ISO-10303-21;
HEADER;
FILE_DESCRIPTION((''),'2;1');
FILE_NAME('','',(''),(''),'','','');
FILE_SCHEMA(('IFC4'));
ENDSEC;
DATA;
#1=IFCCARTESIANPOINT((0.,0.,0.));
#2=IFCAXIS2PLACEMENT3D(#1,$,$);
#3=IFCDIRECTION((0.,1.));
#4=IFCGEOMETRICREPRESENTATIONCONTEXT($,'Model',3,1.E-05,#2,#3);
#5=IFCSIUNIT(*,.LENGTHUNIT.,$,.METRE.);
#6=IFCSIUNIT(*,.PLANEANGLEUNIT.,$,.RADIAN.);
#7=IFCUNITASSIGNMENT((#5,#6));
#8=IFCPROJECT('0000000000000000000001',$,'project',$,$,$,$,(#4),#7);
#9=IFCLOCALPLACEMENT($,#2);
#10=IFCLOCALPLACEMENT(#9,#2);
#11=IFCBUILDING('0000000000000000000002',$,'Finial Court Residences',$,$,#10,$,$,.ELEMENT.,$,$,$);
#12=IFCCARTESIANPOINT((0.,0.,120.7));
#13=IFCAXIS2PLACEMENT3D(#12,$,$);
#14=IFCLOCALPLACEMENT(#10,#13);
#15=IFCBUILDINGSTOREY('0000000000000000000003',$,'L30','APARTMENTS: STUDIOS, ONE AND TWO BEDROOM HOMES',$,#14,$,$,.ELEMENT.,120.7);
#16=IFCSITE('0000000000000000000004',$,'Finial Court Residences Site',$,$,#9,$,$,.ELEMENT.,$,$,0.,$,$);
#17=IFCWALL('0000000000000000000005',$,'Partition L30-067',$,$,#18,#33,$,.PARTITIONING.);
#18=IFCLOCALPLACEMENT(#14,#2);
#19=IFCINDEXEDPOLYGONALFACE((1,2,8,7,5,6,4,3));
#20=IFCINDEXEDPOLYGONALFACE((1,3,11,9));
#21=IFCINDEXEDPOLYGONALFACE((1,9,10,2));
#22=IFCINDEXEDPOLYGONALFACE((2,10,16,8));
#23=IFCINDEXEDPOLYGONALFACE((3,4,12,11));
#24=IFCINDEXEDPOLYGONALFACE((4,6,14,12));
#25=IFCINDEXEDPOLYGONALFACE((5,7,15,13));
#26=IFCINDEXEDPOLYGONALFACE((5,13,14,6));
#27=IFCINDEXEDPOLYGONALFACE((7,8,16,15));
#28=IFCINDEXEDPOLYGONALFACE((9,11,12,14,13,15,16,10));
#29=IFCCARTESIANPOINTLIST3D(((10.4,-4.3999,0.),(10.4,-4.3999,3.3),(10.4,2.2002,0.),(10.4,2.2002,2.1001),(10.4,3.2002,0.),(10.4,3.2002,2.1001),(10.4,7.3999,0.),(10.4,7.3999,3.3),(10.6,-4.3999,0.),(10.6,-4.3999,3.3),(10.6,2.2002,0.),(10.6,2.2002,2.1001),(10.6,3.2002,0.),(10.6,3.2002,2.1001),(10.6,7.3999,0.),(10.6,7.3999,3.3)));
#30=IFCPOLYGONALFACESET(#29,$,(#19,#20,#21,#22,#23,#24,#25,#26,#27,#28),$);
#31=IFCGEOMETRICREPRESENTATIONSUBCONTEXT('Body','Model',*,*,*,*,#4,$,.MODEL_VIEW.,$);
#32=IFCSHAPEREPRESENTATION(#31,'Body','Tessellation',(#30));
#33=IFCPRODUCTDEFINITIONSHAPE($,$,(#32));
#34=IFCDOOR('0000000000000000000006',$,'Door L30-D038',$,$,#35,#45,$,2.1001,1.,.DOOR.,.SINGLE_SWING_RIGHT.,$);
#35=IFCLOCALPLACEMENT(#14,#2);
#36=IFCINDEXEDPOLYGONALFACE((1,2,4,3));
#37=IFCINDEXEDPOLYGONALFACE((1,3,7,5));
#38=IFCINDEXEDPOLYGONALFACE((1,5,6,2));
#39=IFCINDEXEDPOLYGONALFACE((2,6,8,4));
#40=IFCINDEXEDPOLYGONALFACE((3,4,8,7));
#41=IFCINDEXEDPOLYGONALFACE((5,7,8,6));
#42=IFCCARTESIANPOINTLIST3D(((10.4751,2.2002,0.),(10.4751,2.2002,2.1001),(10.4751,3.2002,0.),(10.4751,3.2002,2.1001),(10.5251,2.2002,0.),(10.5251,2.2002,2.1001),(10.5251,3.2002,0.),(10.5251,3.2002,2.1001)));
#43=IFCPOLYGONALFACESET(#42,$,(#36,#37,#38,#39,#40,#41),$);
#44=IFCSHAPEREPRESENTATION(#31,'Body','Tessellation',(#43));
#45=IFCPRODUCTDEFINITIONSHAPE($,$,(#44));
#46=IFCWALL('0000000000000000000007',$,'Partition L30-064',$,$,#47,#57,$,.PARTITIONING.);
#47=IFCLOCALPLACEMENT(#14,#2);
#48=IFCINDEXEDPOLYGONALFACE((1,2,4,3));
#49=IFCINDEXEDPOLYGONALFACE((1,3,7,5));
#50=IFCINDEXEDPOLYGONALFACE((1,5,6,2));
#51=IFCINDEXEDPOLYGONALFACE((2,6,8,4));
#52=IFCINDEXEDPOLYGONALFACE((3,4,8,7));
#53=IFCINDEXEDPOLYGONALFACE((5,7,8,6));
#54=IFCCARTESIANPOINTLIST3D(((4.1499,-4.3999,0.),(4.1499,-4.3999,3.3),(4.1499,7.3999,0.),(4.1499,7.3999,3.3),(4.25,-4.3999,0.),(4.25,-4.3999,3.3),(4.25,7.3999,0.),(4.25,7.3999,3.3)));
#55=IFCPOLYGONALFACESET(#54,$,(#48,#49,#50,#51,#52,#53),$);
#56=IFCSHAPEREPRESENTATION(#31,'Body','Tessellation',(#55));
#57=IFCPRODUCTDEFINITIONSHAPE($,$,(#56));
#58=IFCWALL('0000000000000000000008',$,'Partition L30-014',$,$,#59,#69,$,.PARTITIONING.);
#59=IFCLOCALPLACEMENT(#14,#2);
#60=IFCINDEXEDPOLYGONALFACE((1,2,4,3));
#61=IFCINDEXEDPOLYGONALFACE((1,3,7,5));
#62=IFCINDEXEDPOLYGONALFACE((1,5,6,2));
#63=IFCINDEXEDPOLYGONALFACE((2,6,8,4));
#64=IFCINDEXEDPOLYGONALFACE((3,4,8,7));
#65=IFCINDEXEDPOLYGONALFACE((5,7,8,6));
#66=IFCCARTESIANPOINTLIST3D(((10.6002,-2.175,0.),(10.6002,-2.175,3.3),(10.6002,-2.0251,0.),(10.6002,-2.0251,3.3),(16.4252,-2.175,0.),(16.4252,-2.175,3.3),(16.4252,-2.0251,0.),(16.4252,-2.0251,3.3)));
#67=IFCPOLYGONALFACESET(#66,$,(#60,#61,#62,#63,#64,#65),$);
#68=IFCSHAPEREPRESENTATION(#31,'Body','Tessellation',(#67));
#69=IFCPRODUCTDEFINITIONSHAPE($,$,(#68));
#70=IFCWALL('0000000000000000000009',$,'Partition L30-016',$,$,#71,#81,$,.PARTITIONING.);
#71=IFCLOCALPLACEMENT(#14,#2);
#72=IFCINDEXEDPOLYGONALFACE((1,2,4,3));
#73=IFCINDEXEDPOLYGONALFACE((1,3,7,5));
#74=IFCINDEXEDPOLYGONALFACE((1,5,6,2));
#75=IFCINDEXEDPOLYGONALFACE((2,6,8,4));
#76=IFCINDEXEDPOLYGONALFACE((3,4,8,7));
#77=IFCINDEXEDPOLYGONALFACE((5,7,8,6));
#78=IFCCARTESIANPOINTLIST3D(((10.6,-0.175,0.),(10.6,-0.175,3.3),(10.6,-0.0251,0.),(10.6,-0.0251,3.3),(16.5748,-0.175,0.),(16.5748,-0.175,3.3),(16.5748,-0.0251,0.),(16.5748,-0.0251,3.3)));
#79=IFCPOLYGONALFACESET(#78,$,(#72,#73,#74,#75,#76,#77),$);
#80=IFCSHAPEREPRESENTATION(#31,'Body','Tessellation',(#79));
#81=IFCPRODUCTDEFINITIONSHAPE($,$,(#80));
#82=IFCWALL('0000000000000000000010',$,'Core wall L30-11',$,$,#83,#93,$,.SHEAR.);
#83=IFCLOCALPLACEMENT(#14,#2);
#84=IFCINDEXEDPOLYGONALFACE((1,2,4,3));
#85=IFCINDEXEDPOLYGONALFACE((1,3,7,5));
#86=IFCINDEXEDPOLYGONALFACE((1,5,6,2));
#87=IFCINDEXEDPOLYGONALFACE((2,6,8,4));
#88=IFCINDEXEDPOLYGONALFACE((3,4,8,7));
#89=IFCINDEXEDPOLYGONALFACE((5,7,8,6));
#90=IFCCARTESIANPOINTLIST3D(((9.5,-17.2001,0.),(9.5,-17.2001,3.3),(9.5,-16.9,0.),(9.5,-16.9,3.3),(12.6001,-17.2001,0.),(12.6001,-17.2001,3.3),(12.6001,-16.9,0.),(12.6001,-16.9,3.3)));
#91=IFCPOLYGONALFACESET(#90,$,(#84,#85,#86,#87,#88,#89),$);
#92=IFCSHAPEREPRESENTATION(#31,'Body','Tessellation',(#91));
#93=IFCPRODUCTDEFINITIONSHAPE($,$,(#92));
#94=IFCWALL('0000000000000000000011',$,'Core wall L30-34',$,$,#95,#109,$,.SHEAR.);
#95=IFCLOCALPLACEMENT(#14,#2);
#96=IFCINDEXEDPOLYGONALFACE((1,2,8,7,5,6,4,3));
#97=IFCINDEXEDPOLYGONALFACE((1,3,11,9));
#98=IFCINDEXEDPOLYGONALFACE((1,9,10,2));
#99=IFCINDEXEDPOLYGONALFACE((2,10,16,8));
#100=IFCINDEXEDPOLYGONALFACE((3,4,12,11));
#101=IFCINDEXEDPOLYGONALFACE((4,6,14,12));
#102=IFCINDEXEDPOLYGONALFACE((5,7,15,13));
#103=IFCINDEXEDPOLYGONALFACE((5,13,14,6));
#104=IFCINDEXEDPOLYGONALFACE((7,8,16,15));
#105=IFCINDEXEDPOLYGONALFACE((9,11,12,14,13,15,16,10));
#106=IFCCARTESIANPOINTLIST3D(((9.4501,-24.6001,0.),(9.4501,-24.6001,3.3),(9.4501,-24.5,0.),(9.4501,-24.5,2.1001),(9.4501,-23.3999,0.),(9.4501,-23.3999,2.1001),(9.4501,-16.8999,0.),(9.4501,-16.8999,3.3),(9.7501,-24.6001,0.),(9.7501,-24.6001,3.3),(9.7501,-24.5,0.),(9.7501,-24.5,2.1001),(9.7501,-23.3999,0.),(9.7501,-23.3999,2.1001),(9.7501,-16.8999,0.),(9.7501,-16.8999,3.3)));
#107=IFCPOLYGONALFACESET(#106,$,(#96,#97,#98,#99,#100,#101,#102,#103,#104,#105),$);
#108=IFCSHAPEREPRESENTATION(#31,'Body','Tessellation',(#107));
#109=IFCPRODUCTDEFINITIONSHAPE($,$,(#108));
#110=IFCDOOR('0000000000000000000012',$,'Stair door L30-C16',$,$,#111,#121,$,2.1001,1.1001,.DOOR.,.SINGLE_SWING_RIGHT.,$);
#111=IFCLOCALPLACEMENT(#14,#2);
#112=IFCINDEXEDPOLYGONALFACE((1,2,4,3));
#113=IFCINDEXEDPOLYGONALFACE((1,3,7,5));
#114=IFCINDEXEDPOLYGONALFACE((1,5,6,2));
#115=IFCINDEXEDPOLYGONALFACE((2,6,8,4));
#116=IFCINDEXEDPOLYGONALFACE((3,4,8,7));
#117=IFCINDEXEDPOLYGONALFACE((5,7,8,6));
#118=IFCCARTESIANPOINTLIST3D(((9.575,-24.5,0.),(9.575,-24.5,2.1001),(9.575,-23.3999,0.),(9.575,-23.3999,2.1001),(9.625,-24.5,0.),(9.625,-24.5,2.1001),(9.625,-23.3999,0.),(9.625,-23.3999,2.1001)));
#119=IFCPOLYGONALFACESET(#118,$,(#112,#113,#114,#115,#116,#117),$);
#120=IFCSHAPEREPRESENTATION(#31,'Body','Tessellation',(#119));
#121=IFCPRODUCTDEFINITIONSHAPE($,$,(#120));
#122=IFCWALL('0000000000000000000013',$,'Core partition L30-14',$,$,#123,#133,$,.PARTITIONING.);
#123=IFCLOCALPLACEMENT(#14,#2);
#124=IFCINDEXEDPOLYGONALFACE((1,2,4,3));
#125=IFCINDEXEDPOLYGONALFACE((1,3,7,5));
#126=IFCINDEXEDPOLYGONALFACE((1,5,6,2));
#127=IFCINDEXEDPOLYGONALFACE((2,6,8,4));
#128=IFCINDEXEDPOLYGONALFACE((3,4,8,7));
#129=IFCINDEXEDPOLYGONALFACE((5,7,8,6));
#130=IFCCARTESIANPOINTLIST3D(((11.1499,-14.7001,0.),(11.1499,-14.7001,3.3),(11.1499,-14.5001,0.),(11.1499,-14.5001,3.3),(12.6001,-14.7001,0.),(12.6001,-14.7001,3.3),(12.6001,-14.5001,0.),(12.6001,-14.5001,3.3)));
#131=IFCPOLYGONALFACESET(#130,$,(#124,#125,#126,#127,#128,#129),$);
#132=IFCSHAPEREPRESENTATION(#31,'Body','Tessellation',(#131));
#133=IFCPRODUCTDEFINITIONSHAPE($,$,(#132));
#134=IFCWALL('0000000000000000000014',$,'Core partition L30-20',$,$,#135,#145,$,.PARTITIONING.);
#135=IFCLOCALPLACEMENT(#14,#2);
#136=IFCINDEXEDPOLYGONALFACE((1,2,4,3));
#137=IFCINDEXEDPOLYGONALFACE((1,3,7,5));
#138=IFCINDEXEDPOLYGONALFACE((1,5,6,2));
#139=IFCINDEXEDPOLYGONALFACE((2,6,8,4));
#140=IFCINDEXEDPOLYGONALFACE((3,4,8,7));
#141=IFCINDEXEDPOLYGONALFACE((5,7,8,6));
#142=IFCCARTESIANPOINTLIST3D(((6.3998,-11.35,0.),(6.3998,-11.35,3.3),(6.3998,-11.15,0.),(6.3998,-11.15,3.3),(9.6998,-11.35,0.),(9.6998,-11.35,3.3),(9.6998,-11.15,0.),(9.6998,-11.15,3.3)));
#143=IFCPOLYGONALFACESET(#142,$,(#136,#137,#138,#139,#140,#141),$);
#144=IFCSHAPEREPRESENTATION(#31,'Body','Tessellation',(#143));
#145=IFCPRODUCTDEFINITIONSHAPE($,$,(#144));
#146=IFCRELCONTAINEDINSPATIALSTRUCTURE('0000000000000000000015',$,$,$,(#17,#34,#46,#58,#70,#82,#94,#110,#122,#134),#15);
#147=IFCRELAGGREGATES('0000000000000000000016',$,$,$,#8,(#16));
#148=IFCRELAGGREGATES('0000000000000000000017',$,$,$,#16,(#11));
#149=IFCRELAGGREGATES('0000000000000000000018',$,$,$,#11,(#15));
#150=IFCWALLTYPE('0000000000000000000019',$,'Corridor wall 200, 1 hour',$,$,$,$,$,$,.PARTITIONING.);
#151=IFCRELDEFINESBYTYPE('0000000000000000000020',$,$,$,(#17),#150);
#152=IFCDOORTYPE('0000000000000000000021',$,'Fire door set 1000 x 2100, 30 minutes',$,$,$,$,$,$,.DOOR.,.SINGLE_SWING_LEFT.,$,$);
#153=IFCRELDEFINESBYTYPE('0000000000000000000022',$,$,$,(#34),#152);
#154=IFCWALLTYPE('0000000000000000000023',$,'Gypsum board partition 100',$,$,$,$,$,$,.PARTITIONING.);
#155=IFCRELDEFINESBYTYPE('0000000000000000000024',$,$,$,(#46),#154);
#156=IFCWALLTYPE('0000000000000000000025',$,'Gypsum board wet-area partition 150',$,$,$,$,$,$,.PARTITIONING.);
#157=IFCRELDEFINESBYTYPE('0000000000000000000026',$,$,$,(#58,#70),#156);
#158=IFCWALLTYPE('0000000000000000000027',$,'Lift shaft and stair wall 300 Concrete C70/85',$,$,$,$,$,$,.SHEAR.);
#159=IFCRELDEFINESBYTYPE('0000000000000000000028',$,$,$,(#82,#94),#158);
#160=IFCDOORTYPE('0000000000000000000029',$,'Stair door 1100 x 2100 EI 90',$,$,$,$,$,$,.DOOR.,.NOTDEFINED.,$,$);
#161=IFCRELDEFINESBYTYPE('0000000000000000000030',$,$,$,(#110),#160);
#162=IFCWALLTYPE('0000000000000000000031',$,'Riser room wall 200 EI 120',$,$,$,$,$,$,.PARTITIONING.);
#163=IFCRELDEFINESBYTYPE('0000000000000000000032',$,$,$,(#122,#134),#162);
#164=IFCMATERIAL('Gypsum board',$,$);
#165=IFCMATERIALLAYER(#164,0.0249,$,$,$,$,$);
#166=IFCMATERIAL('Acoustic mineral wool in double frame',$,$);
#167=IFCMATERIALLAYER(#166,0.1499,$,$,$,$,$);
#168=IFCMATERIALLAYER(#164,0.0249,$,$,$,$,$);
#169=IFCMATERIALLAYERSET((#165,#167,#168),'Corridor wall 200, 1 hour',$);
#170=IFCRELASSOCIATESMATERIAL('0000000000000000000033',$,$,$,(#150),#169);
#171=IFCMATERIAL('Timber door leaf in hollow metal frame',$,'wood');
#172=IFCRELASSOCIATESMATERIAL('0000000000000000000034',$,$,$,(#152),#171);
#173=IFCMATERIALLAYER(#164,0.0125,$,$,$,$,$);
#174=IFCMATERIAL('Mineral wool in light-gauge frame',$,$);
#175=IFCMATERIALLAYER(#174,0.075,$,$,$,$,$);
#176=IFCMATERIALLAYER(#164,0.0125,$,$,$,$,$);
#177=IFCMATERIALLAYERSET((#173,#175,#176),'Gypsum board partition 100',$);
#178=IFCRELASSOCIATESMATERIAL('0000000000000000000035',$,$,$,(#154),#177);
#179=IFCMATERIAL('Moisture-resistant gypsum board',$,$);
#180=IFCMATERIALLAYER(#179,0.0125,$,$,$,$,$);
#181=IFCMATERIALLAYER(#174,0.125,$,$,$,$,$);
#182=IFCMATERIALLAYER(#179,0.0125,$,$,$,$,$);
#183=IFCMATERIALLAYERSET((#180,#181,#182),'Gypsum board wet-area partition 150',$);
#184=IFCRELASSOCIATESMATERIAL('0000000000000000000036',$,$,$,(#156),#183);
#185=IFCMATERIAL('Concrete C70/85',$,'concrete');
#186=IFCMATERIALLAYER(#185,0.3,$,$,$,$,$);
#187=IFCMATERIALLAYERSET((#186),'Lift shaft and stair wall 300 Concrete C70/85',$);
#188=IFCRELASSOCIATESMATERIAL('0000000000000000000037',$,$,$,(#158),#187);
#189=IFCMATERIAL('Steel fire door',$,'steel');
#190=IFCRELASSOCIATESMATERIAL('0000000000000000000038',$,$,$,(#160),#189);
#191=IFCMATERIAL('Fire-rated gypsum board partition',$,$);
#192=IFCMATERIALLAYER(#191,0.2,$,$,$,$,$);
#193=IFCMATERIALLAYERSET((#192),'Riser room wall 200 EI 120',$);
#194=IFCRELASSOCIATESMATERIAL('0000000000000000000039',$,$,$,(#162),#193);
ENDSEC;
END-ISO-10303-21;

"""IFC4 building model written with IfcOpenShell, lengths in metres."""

from ifc_helpers import new_model, si_unit, direction, frame, frame_2d, origin, place, context, subcontext, project, spatial, rectangle, extrude, material, layer, layer_set, type_object, element, fill, save


model = new_model("IFC4")

# Units and contexts
model_context = context("Model", 3, precision=1e-05, world=origin(), true_north=direction((0.0, 1.0)))
body_context = subcontext(model_context, "Body", "Model", "MODEL_VIEW")
ifc_project = project(units=[si_unit("LENGTHUNIT", "METRE"), si_unit("PLANEANGLEUNIT", "RADIAN")], contexts=[model_context])

# Site, building, storey
site_placement = place(None, origin())
site = spatial("IfcSite", under=ifc_project, at=site_placement, Name="Finial Court Residences Site", CompositionType="ELEMENT", RefElevation=0.0)
building_placement = place(site_placement, origin())
building = spatial("IfcBuilding", under=site, at=building_placement, Name="Finial Court Residences", CompositionType="ELEMENT")
storey_placement = place(building_placement, frame((0.0, 0.0, 120.7)))
storey = spatial("IfcBuildingStorey", under=building, at=storey_placement, Name="L30", Description="APARTMENTS: STUDIOS, ONE AND TWO BEDROOM HOMES", CompositionType="ELEMENT", Elevation=120.7)

# Shared definitions
ifc_material_1 = material(Name="Concrete C70/85", Category="concrete")

# Shared definitions
ifc_material_2 = material(Name="Fire-rated gypsum board partition")

# Shared definitions
ifc_material_3 = material(Name="Steel fire door", Category="steel")
ifc_material_4 = material(Name="Gypsum board")
ifc_layer_1 = layer(ifc_material_4, 0.0249)
ifc_material_5 = material(Name="Acoustic mineral wool in double frame")
ifc_layer_2 = layer(ifc_material_5, 0.1499)
ifc_layer_3 = layer(ifc_material_4, 0.0249)
ifc_layer_set_1 = layer_set([ifc_layer_1, ifc_layer_2, ifc_layer_3], Name="Corridor wall 200, 1 hour")
wall_type_1 = type_object("IfcWallType", Name="Corridor wall 200, 1 hour", PredefinedType="PARTITIONING", material=ifc_layer_set_1)
ifc_material_6 = material(Name="Timber door leaf in hollow metal frame", Category="wood")
door_type_1 = type_object("IfcDoorType", Name="Fire door set 1000 x 2100, 30 minutes", OperationType="SINGLE_SWING_LEFT", PredefinedType="DOOR", material=ifc_material_6)

# Wall, opening, door
wall_1_placement = place(storey_placement, frame((10.5, -4.3999, 0.0), z_axis=(0.0, 0.0, 1.0), x_axis=(0.0, 1.0, 0.0)))
wall_1 = element("IfcWall", 1, at=wall_1_placement, inside=storey, type_object=wall_type_1, Name="Partition L30-067", PredefinedType="PARTITIONING", context=body_context, shape_type="SweptSolid", body=[
    extrude(rectangle(XDim=11.7998, YDim=0.2, at=frame_2d((5.8999, 0.0))), origin(), (0.0, 0.0, 1.0), 3.3),
])
opening_1_placement = place(wall_1_placement, frame((6.6001, 0.0, 0.0)))
opening_1 = element("IfcOpeningElement", 2, at=opening_1_placement, cuts=wall_1, PredefinedType="OPENING", context=body_context, shape_type="SweptSolid", body=[
    extrude(rectangle(XDim=1.0, YDim=2.1001, at=frame_2d((0.5, 1.05))), frame((0.0, 0.1099, 0.0), z_axis=(0.0, -1.0, 0.0), x_axis=(1.0, 0.0, 0.0)), (0.0, 0.0, 1.0), 0.22),
])
door_1_placement = place(opening_1_placement, origin())
door_1 = element("IfcDoor", 3, at=door_1_placement, inside=storey, type_object=door_type_1, Name="Door L30-D038", OperationType="SINGLE_SWING_RIGHT", OverallHeight=2.1001, OverallWidth=1.0, PredefinedType="DOOR", context=body_context, shape_type="SweptSolid", body=[
    extrude(rectangle(XDim=1.0, YDim=2.1001, at=frame_2d((0.5, 1.05))), frame((0.0, 0.0249, 0.0), z_axis=(0.0, -1.0, 0.0), x_axis=(1.0, 0.0, 0.0)), (0.0, 0.0, 1.0), 0.05),
])
fill(opening_1, door_1)

# Walls
ifc_layer_4 = layer(ifc_material_4, 0.0125)
ifc_material_7 = material(Name="Mineral wool in light-gauge frame")
ifc_layer_5 = layer(ifc_material_7, 0.075)
ifc_layer_6 = layer(ifc_material_4, 0.0125)
ifc_layer_set_2 = layer_set([ifc_layer_4, ifc_layer_5, ifc_layer_6], Name="Gypsum board partition 100")
wall_type_2 = type_object("IfcWallType", Name="Gypsum board partition 100", PredefinedType="PARTITIONING", material=ifc_layer_set_2)
wall_2_placement = place(storey_placement, frame((4.2, -4.3999, 0.0), z_axis=(0.0, 0.0, 1.0), x_axis=(0.0, 1.0, 0.0)))
element("IfcWall", 4, at=wall_2_placement, inside=storey, type_object=wall_type_2, Name="Partition L30-064", PredefinedType="PARTITIONING", context=body_context, shape_type="SweptSolid", body=[
    extrude(rectangle(XDim=11.7998, YDim=0.1001, at=frame_2d((5.8999, 0.0))), origin(), (0.0, 0.0, 1.0), 3.3),
])
ifc_material_8 = material(Name="Moisture-resistant gypsum board")
ifc_layer_7 = layer(ifc_material_8, 0.0125)
ifc_layer_8 = layer(ifc_material_7, 0.125)
ifc_layer_9 = layer(ifc_material_8, 0.0125)
ifc_layer_set_3 = layer_set([ifc_layer_7, ifc_layer_8, ifc_layer_9], Name="Gypsum board wet-area partition 150")
wall_type_3 = type_object("IfcWallType", Name="Gypsum board wet-area partition 150", PredefinedType="PARTITIONING", material=ifc_layer_set_3)
wall_3_placement = place(storey_placement, frame((10.6001, -2.1001, 0.0), z_axis=(0.0, 0.0, 1.0), x_axis=(1.0, 0.0, 0.0)))
element("IfcWall", 5, at=wall_3_placement, inside=storey, type_object=wall_type_3, Name="Partition L30-014", PredefinedType="PARTITIONING", context=body_context, shape_type="SweptSolid", body=[
    extrude(rectangle(XDim=5.825, YDim=0.1499, at=frame_2d((2.9126, 0.0))), origin(), (0.0, 0.0, 1.0), 3.3),
])
wall_4_placement = place(storey_placement, frame((10.6001, -0.1001, 0.0), z_axis=(0.0, 0.0, 1.0), x_axis=(1.0, 0.0, 0.0)))
element("IfcWall", 6, at=wall_4_placement, inside=storey, type_object=wall_type_3, Name="Partition L30-016", PredefinedType="PARTITIONING", context=body_context, shape_type="SweptSolid", body=[
    extrude(rectangle(XDim=5.9749, YDim=0.1499, at=frame_2d((2.9873, 0.0))), origin(), (0.0, 0.0, 1.0), 3.3),
])
ifc_layer_10 = layer(ifc_material_1, 0.3)
ifc_layer_set_4 = layer_set([ifc_layer_10], Name="Lift shaft and stair wall 300 Concrete C70/85")
wall_type_4 = type_object("IfcWallType", Name="Lift shaft and stair wall 300 Concrete C70/85", PredefinedType="SHEAR", material=ifc_layer_set_4)
wall_5_placement = place(storey_placement, frame((9.5, -17.05, 0.0), z_axis=(0.0, 0.0, 1.0), x_axis=(1.0, 0.0, 0.0)))
element("IfcWall", 7, at=wall_5_placement, inside=storey, type_object=wall_type_4, Name="Core wall L30-11", PredefinedType="SHEAR", context=body_context, shape_type="SweptSolid", body=[
    extrude(rectangle(XDim=3.1001, YDim=0.3, at=frame_2d((1.55, 0.0))), origin(), (0.0, 0.0, 1.0), 3.3),
])

# Wall, opening, door
wall_6_placement = place(storey_placement, frame((9.6001, -16.8999, 0.0), z_axis=(0.0, 0.0, 1.0), x_axis=(0.0, -1.0, 0.0)))
wall_6 = element("IfcWall", 8, at=wall_6_placement, inside=storey, type_object=wall_type_4, Name="Core wall L30-34", PredefinedType="SHEAR", context=body_context, shape_type="SweptSolid", body=[
    extrude(rectangle(XDim=7.7002, YDim=0.3, at=frame_2d((3.8501, 0.0))), origin(), (0.0, 0.0, 1.0), 3.3),
])
opening_2_placement = place(wall_6_placement, frame((6.5, 0.0, 0.0)))
opening_2 = element("IfcOpeningElement", 9, at=opening_2_placement, cuts=wall_6, PredefinedType="OPENING", context=body_context, shape_type="SweptSolid", body=[
    extrude(rectangle(XDim=1.1001, YDim=2.1001, at=frame_2d((0.55, 1.05))), frame((0.0, 0.1599, 0.0), z_axis=(0.0, -1.0, 0.0), x_axis=(1.0, 0.0, 0.0)), (0.0, 0.0, 1.0), 0.3201),
])
door_type_2 = type_object("IfcDoorType", Name="Stair door 1100 x 2100 EI 90", OperationType="NOTDEFINED", PredefinedType="DOOR", material=ifc_material_3)
door_2_placement = place(opening_2_placement, origin())
door_2 = element("IfcDoor", 10, at=door_2_placement, inside=storey, type_object=door_type_2, Name="Stair door L30-C16", OperationType="SINGLE_SWING_RIGHT", OverallHeight=2.1001, OverallWidth=1.1001, PredefinedType="DOOR", context=body_context, shape_type="SweptSolid", body=[
    extrude(rectangle(XDim=1.1001, YDim=2.1001, at=frame_2d((0.55, 1.05))), frame((0.0, 0.0249, 0.0), z_axis=(0.0, -1.0, 0.0), x_axis=(1.0, 0.0, 0.0)), (0.0, 0.0, 1.0), 0.05),
])
fill(opening_2, door_2)

# Walls
ifc_layer_11 = layer(ifc_material_2, 0.2)
ifc_layer_set_5 = layer_set([ifc_layer_11], Name="Riser room wall 200 EI 120")
wall_type_5 = type_object("IfcWallType", Name="Riser room wall 200 EI 120", PredefinedType="PARTITIONING", material=ifc_layer_set_5)
wall_7_placement = place(storey_placement, frame((11.1499, -14.6001, 0.0), z_axis=(0.0, 0.0, 1.0), x_axis=(1.0, 0.0, 0.0)))
element("IfcWall", 11, at=wall_7_placement, inside=storey, type_object=wall_type_5, Name="Core partition L30-14", PredefinedType="PARTITIONING", context=body_context, shape_type="SweptSolid", body=[
    extrude(rectangle(XDim=1.4502, YDim=0.2, at=frame_2d((0.7251, 0.0))), origin(), (0.0, 0.0, 1.0), 3.3),
])
wall_8_placement = place(storey_placement, frame((6.3999, -11.25, 0.0), z_axis=(0.0, 0.0, 1.0), x_axis=(1.0, 0.0, 0.0)))
element("IfcWall", 12, at=wall_8_placement, inside=storey, type_object=wall_type_5, Name="Core partition L30-20", PredefinedType="PARTITIONING", context=body_context, shape_type="SweptSolid", body=[
    extrude(rectangle(XDim=3.3, YDim=0.2, at=frame_2d((1.6499, 0.0))), origin(), (0.0, 0.0, 1.0), 3.3),
])

save(model, "model.ifc")
